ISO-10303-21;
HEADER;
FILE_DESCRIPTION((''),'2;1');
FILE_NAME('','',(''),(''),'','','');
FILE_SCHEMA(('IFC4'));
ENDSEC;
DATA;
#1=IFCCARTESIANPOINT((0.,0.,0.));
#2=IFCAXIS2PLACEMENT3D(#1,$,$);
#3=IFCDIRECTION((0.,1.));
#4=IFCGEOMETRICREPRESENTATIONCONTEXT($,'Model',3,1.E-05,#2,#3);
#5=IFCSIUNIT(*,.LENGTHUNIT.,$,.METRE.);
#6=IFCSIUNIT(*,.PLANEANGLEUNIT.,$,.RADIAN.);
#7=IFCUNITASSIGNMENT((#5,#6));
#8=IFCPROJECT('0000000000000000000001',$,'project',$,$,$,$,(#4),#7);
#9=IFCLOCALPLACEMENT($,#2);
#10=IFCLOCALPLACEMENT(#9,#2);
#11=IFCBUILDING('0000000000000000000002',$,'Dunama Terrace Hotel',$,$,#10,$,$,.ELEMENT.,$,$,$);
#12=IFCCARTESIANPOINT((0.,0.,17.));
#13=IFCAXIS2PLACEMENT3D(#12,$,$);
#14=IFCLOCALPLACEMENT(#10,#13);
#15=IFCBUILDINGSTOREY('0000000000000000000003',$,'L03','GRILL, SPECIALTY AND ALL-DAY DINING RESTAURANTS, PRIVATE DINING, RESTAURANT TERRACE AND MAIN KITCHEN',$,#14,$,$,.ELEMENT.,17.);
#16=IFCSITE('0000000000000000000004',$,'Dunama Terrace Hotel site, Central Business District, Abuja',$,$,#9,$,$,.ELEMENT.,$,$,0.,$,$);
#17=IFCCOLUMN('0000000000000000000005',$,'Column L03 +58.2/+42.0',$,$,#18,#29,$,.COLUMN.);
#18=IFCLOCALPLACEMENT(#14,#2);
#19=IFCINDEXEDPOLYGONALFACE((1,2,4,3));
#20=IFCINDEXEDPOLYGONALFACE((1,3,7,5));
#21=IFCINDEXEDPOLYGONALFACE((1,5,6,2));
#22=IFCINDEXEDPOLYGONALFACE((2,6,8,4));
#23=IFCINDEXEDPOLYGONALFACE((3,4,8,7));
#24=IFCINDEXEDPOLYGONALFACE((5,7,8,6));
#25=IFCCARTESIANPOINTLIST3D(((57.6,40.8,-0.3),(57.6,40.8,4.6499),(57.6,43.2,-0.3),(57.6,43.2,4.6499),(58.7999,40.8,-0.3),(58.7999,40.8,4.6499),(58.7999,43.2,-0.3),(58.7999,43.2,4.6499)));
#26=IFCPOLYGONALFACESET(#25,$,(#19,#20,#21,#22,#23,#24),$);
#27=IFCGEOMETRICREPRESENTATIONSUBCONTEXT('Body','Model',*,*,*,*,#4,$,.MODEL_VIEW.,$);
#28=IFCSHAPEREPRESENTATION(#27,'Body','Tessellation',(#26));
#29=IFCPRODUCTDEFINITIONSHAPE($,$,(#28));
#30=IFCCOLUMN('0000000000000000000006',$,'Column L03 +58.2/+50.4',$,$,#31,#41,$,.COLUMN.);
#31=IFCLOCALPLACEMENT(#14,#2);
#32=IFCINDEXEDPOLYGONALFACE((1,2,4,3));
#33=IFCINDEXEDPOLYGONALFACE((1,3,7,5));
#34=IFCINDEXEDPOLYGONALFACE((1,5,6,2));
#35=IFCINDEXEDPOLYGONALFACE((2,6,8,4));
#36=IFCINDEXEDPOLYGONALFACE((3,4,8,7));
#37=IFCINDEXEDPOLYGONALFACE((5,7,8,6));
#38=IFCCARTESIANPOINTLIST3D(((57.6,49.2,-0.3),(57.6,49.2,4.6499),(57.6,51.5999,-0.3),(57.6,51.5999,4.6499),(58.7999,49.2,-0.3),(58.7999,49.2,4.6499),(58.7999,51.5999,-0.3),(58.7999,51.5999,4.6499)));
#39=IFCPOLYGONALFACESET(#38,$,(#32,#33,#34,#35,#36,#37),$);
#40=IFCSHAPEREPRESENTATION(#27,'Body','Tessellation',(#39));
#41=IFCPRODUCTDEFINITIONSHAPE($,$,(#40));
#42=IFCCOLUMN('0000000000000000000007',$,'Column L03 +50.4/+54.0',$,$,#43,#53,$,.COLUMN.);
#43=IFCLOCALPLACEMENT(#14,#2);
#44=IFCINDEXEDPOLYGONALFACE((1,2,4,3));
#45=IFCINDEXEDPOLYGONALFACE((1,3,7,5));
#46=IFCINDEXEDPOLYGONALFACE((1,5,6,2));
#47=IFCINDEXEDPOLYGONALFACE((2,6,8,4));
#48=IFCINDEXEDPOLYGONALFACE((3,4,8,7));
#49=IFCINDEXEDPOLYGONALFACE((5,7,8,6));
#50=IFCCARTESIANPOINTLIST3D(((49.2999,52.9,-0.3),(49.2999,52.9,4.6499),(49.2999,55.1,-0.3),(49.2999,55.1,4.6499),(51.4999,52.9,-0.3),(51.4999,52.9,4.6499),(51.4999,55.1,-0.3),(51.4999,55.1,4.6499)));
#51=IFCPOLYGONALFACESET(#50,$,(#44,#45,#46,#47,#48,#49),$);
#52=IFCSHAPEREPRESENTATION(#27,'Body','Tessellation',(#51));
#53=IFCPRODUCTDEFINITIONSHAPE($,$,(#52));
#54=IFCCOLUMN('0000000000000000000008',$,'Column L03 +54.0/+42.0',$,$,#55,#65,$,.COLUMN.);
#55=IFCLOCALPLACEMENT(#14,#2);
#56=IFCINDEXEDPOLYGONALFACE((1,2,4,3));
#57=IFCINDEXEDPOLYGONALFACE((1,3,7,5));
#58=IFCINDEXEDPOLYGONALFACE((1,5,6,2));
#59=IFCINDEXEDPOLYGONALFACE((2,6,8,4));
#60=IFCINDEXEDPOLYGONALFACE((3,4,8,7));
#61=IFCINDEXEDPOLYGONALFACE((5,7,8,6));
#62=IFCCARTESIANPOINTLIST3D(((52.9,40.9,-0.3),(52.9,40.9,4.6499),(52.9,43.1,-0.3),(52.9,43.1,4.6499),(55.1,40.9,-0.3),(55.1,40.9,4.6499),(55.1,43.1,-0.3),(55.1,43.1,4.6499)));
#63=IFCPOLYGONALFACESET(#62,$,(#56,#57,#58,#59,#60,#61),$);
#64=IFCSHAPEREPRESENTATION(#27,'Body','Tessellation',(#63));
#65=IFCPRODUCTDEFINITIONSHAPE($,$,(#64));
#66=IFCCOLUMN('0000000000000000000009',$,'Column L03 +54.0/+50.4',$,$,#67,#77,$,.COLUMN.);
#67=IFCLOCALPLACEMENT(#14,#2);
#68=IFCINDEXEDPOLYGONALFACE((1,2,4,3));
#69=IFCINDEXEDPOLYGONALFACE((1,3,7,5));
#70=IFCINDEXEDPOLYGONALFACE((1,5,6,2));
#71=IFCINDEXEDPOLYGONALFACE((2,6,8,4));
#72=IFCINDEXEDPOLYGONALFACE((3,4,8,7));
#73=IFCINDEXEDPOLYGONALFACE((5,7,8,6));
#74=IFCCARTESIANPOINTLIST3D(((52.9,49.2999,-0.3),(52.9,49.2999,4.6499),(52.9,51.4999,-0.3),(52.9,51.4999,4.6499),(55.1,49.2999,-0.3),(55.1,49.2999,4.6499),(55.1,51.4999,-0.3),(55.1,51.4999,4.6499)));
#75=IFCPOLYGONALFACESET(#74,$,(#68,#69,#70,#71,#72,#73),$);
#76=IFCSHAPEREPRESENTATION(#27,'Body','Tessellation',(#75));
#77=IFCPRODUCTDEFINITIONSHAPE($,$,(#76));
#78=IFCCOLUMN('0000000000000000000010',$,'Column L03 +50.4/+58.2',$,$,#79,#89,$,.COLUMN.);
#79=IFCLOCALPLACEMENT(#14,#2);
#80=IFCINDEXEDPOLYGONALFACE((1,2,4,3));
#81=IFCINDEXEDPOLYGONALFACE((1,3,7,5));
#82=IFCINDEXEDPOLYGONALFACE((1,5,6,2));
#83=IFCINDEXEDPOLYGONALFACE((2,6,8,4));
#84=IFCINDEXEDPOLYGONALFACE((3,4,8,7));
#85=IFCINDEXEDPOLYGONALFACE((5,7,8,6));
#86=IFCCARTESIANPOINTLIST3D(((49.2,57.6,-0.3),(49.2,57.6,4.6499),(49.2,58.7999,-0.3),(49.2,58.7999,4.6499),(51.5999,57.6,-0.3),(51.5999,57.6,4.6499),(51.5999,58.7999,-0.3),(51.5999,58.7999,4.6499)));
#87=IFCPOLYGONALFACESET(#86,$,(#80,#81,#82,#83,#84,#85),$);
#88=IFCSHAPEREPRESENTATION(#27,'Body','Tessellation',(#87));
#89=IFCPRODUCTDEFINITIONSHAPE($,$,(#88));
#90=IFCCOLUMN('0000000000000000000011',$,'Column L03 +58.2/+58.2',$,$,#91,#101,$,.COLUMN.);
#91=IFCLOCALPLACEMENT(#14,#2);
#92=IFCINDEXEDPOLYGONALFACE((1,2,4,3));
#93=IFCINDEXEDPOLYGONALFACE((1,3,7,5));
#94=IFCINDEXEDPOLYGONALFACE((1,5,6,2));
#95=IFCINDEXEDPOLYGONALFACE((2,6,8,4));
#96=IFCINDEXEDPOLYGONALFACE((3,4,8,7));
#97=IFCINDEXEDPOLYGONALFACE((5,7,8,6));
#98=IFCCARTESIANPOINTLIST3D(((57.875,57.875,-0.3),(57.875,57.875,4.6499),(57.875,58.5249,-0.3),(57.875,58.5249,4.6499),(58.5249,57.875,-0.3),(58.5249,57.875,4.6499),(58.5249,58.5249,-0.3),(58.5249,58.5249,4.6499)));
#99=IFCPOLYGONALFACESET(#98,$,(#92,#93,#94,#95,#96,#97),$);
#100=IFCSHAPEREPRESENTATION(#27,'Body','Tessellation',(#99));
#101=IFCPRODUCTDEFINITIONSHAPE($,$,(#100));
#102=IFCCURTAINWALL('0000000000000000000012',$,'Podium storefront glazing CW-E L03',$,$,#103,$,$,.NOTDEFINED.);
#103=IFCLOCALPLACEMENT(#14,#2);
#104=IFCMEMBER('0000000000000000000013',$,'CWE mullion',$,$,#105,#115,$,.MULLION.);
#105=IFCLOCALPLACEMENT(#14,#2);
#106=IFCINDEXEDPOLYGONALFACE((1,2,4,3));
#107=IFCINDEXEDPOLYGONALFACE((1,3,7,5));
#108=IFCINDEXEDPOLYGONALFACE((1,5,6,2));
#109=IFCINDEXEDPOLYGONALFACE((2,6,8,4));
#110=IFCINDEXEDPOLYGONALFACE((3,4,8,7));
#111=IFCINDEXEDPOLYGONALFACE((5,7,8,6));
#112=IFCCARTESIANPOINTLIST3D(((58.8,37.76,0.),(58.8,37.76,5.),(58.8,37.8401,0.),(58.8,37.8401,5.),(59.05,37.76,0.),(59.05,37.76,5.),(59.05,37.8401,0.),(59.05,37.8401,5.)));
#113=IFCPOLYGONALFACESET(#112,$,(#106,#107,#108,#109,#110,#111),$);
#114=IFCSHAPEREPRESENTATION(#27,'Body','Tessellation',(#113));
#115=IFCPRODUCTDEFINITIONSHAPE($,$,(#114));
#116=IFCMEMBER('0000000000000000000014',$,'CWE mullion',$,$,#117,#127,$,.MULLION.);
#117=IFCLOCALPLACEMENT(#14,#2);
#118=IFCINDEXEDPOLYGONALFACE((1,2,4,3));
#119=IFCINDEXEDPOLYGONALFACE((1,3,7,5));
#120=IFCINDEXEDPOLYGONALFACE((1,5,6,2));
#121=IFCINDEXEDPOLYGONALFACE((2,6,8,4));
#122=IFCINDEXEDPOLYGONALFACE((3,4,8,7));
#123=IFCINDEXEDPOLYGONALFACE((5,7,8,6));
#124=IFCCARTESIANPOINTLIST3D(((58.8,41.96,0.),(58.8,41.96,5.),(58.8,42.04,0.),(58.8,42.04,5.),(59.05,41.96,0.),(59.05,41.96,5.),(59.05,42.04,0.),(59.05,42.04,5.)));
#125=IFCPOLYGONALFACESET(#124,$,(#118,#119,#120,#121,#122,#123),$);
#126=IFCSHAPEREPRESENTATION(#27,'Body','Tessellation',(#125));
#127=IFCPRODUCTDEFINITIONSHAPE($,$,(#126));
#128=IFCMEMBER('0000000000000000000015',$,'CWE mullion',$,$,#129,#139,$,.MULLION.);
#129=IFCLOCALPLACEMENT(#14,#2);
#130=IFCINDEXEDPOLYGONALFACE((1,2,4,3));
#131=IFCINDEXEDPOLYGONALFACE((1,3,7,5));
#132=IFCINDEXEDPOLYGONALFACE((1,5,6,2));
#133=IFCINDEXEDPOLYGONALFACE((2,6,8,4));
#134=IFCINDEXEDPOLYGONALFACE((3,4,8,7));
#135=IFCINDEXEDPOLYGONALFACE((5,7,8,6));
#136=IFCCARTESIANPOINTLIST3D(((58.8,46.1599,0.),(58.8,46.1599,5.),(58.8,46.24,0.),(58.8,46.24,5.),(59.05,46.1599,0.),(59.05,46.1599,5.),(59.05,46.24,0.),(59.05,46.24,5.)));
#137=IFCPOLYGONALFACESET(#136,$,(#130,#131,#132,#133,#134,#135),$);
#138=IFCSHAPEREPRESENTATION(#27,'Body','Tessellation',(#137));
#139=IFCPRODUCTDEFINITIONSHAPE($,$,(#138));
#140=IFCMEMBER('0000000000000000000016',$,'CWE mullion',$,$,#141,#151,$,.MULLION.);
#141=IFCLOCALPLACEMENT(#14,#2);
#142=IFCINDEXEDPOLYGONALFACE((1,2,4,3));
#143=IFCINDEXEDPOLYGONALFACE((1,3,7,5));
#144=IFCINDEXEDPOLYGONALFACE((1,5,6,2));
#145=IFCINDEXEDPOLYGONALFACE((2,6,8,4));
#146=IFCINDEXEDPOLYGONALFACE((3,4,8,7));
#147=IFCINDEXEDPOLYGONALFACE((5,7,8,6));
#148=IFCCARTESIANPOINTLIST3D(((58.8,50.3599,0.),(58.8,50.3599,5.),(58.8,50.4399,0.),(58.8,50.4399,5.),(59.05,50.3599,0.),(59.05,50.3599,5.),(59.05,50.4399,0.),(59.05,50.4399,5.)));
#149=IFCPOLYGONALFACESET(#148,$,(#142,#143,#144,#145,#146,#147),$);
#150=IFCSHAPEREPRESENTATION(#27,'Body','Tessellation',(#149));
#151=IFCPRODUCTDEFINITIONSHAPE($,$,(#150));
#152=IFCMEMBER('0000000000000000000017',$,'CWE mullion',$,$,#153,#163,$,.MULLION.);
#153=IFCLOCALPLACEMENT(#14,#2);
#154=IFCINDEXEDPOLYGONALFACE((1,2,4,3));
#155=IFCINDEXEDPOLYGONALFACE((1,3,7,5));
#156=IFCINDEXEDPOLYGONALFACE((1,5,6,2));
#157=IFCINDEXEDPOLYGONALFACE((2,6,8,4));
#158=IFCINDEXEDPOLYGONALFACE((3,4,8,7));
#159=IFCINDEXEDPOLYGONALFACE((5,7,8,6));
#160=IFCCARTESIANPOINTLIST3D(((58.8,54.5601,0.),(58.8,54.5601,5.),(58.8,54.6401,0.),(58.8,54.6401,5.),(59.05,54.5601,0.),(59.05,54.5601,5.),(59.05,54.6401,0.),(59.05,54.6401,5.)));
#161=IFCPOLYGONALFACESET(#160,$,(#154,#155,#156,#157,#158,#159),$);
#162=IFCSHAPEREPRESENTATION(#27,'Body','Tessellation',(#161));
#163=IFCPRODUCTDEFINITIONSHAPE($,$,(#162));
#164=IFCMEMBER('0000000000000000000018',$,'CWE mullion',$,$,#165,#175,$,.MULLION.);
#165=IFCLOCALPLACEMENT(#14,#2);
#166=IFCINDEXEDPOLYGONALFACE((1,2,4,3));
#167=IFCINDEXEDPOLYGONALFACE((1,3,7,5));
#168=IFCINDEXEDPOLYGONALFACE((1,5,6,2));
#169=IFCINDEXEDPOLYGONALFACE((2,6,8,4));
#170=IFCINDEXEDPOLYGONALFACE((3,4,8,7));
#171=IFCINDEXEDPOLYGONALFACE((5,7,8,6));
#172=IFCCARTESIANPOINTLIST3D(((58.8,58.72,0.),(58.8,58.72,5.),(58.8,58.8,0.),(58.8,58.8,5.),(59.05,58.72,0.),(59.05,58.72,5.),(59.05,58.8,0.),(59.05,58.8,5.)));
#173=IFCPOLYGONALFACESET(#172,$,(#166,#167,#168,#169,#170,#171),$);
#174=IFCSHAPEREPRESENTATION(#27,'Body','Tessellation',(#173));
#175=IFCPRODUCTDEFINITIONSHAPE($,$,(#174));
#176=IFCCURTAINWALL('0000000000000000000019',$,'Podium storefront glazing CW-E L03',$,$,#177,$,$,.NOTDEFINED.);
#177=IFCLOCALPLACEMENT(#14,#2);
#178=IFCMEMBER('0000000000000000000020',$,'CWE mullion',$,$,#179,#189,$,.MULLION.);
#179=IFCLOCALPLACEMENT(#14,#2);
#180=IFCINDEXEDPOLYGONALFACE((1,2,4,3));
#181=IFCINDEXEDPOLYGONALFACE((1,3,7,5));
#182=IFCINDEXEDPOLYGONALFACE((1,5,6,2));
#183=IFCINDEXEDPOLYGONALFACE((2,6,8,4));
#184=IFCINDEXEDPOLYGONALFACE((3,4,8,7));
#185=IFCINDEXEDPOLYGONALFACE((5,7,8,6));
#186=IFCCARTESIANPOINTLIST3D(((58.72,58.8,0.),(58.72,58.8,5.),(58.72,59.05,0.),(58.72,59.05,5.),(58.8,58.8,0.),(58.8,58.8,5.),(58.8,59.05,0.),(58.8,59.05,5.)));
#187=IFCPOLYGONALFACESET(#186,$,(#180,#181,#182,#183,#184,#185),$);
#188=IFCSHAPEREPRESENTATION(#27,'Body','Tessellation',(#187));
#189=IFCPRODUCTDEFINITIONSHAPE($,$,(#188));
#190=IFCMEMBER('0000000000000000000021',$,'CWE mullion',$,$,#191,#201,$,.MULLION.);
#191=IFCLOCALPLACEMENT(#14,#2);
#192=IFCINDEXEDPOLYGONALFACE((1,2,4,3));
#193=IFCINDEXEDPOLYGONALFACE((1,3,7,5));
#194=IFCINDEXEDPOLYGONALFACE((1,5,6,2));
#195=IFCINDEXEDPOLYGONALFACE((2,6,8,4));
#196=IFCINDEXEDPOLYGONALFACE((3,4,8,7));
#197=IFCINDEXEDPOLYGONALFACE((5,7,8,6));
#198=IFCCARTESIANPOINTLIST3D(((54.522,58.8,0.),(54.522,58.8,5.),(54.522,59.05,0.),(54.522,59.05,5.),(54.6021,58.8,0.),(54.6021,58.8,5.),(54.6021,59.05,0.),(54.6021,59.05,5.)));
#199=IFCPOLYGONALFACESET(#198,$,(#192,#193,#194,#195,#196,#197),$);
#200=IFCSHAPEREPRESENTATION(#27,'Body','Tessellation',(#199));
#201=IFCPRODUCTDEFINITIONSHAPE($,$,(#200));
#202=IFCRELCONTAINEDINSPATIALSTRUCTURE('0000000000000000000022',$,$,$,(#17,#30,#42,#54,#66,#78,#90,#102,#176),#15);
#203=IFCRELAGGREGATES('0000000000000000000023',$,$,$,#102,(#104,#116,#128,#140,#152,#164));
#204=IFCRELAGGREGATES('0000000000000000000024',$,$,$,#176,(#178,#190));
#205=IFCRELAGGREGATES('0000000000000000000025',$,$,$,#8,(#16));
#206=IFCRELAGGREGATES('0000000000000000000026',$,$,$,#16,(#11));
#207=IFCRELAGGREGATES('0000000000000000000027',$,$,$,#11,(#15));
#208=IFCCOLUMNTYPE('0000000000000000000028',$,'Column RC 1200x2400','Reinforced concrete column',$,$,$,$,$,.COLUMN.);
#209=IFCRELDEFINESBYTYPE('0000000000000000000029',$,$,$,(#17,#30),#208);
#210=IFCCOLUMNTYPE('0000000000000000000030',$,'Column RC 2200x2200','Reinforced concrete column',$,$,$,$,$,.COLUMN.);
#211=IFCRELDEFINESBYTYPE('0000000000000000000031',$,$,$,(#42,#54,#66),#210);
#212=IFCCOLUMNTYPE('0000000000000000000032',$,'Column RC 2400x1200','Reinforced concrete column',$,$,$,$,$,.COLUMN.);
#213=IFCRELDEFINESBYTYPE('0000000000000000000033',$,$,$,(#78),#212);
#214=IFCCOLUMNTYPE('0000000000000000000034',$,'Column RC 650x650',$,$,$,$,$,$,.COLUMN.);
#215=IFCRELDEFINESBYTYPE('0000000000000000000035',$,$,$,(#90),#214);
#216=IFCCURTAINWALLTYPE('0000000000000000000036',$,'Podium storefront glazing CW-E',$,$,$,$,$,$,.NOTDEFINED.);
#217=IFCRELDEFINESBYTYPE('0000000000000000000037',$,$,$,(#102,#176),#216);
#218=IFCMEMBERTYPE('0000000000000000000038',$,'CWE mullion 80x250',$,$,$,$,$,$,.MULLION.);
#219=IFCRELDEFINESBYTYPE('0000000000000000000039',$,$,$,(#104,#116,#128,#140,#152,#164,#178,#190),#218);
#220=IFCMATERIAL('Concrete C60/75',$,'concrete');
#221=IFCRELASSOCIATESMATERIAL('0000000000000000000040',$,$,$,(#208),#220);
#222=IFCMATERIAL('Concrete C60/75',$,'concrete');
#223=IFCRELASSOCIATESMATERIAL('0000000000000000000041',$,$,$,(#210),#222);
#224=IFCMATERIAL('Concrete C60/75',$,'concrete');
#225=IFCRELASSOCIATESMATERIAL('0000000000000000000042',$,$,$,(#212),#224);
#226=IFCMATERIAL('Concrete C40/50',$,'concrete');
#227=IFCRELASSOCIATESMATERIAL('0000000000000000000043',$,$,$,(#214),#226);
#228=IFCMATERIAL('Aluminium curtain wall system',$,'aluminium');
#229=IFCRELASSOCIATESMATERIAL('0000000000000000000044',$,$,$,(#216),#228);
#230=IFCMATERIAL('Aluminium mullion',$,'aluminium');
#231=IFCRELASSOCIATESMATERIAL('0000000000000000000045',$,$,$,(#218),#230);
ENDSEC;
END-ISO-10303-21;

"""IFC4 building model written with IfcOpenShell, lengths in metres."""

from ifc_helpers import new_model, si_unit, direction, frame, origin, origin_2d, place, context, subcontext, project, spatial, rectangle, extrude, material, material_profile, profile_set, type_object, element, aggregate, save


model = new_model("IFC4")

# Units and contexts
model_context = context("Model", 3, precision=1e-05, world=origin(), true_north=direction((0.0, 1.0)))
body_context = subcontext(model_context, "Body", "Model", "MODEL_VIEW")
ifc_project = project(units=[si_unit("LENGTHUNIT", "METRE"), si_unit("PLANEANGLEUNIT", "RADIAN")], contexts=[model_context])

# Site, building, storey
site_placement = place(None, origin())
site = spatial("IfcSite", under=ifc_project, at=site_placement, Name="Dunama Terrace Hotel site, Central Business District, Abuja", CompositionType="ELEMENT", RefElevation=0.0)
building_placement = place(site_placement, origin())
building = spatial("IfcBuilding", under=site, at=building_placement, Name="Dunama Terrace Hotel", CompositionType="ELEMENT")
storey_placement = place(building_placement, frame((0.0, 0.0, 17.0)))
storey = spatial("IfcBuildingStorey", under=building, at=storey_placement, Name="L03", Description="GRILL, SPECIALTY AND ALL-DAY DINING RESTAURANTS, PRIVATE DINING, RESTAURANT TERRACE AND MAIN KITCHEN", CompositionType="ELEMENT", Elevation=17.0)

# Columns
ifc_material_1 = material(Name="Concrete C60/75", Category="concrete")
ifc_material_profile_1 = material_profile(ifc_material_1, rectangle(XDim=1.2, YDim=2.3999, at=origin_2d()), Name="RC 1200x2400")
ifc_profile_set_1 = profile_set([ifc_material_profile_1], Name="Concrete C60/75")
column_type_1 = type_object("IfcColumnType", Name="Column RC 1200x2400", Description="Reinforced concrete column", PredefinedType="COLUMN", material=ifc_profile_set_1)
for number, where, z_axis, x_axis, name in (
    (1, (58.2, 42.0, -0.3), (0.0, 0.0, 1.0), (1.0, 0.0, 0.0), "Column L03 +58.2/+42.0"),
    (2, (58.2, 50.3999, -0.3), (0.0, 0.0, 1.0), (1.0, 0.0, 0.0), "Column L03 +58.2/+50.4"),
):
    element("IfcColumn", number, at=place(storey_placement, frame(where, z_axis=z_axis, x_axis=x_axis)), inside=storey, type_object=column_type_1, Name=name, PredefinedType="COLUMN", context=body_context, shape_type="SweptSolid", body=[
        extrude(rectangle(XDim=1.2, YDim=2.3999, at=origin_2d()), origin(), (0.0, 0.0, 1.0), 4.95),
    ])
ifc_material_2 = material(Name="Concrete C60/75", Category="concrete")
ifc_material_profile_2 = material_profile(ifc_material_2, rectangle(XDim=2.2, YDim=2.2, at=origin_2d()), Name="RC 2200x2200")
ifc_profile_set_2 = profile_set([ifc_material_profile_2], Name="Concrete C60/75")
column_type_2 = type_object("IfcColumnType", Name="Column RC 2200x2200", Description="Reinforced concrete column", PredefinedType="COLUMN", material=ifc_profile_set_2)
for number, where, z_axis, x_axis, name in (
    (3, (50.3999, 54.0, -0.3), (0.0, 0.0, 1.0), (1.0, 0.0, 0.0), "Column L03 +50.4/+54.0"),
    (4, (54.0, 42.0, -0.3), (0.0, 0.0, 1.0), (1.0, 0.0, 0.0), "Column L03 +54.0/+42.0"),
    (5, (54.0, 50.3999, -0.3), (0.0, 0.0, 1.0), (1.0, 0.0, 0.0), "Column L03 +54.0/+50.4"),
):
    element("IfcColumn", number, at=place(storey_placement, frame(where, z_axis=z_axis, x_axis=x_axis)), inside=storey, type_object=column_type_2, Name=name, PredefinedType="COLUMN", context=body_context, shape_type="SweptSolid", body=[
        extrude(rectangle(XDim=2.2, YDim=2.2, at=origin_2d()), origin(), (0.0, 0.0, 1.0), 4.95),
    ])
ifc_material_3 = material(Name="Concrete C60/75", Category="concrete")
ifc_material_profile_3 = material_profile(ifc_material_3, rectangle(XDim=2.3999, YDim=1.2, at=origin_2d()), Name="RC 2400x1200")
ifc_profile_set_3 = profile_set([ifc_material_profile_3], Name="Concrete C60/75")
column_type_3 = type_object("IfcColumnType", Name="Column RC 2400x1200", Description="Reinforced concrete column", PredefinedType="COLUMN", material=ifc_profile_set_3)
column_1_placement = place(storey_placement, frame((50.3999, 58.2, -0.3), z_axis=(0.0, 0.0, 1.0), x_axis=(1.0, 0.0, 0.0)))
element("IfcColumn", 6, at=column_1_placement, inside=storey, type_object=column_type_3, Name="Column L03 +50.4/+58.2", PredefinedType="COLUMN", context=body_context, shape_type="SweptSolid", body=[
    extrude(rectangle(XDim=2.3999, YDim=1.2, at=origin_2d()), origin(), (0.0, 0.0, 1.0), 4.95),
])
ifc_material_4 = material(Name="Concrete C40/50", Category="concrete")
ifc_material_profile_4 = material_profile(ifc_material_4, rectangle(XDim=0.6499, YDim=0.6499, at=origin_2d()), Name="RC 650x650")
ifc_profile_set_4 = profile_set([ifc_material_profile_4], Name="Concrete C40/50")
column_type_4 = type_object("IfcColumnType", Name="Column RC 650x650", PredefinedType="COLUMN", material=ifc_profile_set_4)
column_2_placement = place(storey_placement, frame((58.2, 58.2, -0.3), z_axis=(0.0, 0.0, 1.0), x_axis=(1.0, 0.0, 0.0)))
element("IfcColumn", 7, at=column_2_placement, inside=storey, type_object=column_type_4, Name="Column L03 +58.2/+58.2", PredefinedType="COLUMN", context=body_context, shape_type="SweptSolid", body=[
    extrude(rectangle(XDim=0.6499, YDim=0.6499, at=origin_2d()), origin(), (0.0, 0.0, 1.0), 4.95),
])

# Curtain walls, members
ifc_material_5 = material(Name="Aluminium curtain wall system", Category="aluminium")
curtain_wall_type = type_object("IfcCurtainWallType", Name="Podium storefront glazing CW-E", PredefinedType="NOTDEFINED", material=ifc_material_5)
curtain_wall_1_placement = place(storey_placement, origin())
curtain_wall_1 = element("IfcCurtainWall", 8, at=curtain_wall_1_placement, inside=storey, type_object=curtain_wall_type, Name="Podium storefront glazing CW-E L03", PredefinedType="NOTDEFINED")
ifc_material_6 = material(Name="Aluminium mullion", Category="aluminium")
ifc_material_profile_5 = material_profile(ifc_material_6, rectangle(XDim=0.0801, YDim=0.25, at=origin_2d()), Name="CWE MULLION 80X250")
ifc_profile_set_5 = profile_set([ifc_material_profile_5], Name="Aluminium mullion")
member_type_1 = type_object("IfcMemberType", Name="CWE mullion 80x250", PredefinedType="MULLION", material=ifc_profile_set_5)
member_1_placement = place(storey_placement, frame((58.925, 37.8, 0.0), z_axis=(0.0, 0.0, 1.0), x_axis=(0.0, 1.0, 0.0)))
member_1 = element("IfcMember", 9, at=member_1_placement, type_object=member_type_1, Name="CWE mullion", PredefinedType="MULLION", context=body_context, shape_type="SweptSolid", body=[
    extrude(rectangle(XDim=0.0801, YDim=0.25, at=origin_2d()), origin(), (0.0, 0.0, 1.0), 5.0),
])
member_2_placement = place(storey_placement, frame((58.925, 42.0, 0.0), z_axis=(0.0, 0.0, 1.0), x_axis=(0.0, 1.0, 0.0)))
member_2 = element("IfcMember", 10, at=member_2_placement, type_object=member_type_1, Name="CWE mullion", PredefinedType="MULLION", context=body_context, shape_type="SweptSolid", body=[
    extrude(rectangle(XDim=0.0801, YDim=0.25, at=origin_2d()), origin(), (0.0, 0.0, 1.0), 5.0),
])
member_3_placement = place(storey_placement, frame((58.925, 46.2, 0.0), z_axis=(0.0, 0.0, 1.0), x_axis=(0.0, 1.0, 0.0)))
member_3 = element("IfcMember", 11, at=member_3_placement, type_object=member_type_1, Name="CWE mullion", PredefinedType="MULLION", context=body_context, shape_type="SweptSolid", body=[
    extrude(rectangle(XDim=0.0801, YDim=0.25, at=origin_2d()), origin(), (0.0, 0.0, 1.0), 5.0),
])
member_4_placement = place(storey_placement, frame((58.925, 50.3999, 0.0), z_axis=(0.0, 0.0, 1.0), x_axis=(0.0, 1.0, 0.0)))
member_4 = element("IfcMember", 12, at=member_4_placement, type_object=member_type_1, Name="CWE mullion", PredefinedType="MULLION", context=body_context, shape_type="SweptSolid", body=[
    extrude(rectangle(XDim=0.0801, YDim=0.25, at=origin_2d()), origin(), (0.0, 0.0, 1.0), 5.0),
])
member_5_placement = place(storey_placement, frame((58.925, 54.6001, 0.0), z_axis=(0.0, 0.0, 1.0), x_axis=(0.0, 1.0, 0.0)))
member_5 = element("IfcMember", 13, at=member_5_placement, type_object=member_type_1, Name="CWE mullion", PredefinedType="MULLION", context=body_context, shape_type="SweptSolid", body=[
    extrude(rectangle(XDim=0.0801, YDim=0.25, at=origin_2d()), origin(), (0.0, 0.0, 1.0), 5.0),
])
member_6_placement = place(storey_placement, frame((58.925, 58.76, 0.0), z_axis=(0.0, 0.0, 1.0), x_axis=(0.0, 1.0, 0.0)))
member_6 = element("IfcMember", 14, at=member_6_placement, type_object=member_type_1, Name="CWE mullion", PredefinedType="MULLION", context=body_context, shape_type="SweptSolid", body=[
    extrude(rectangle(XDim=0.0801, YDim=0.25, at=origin_2d()), origin(), (0.0, 0.0, 1.0), 5.0),
])
curtain_wall_2_placement = place(storey_placement, origin())
curtain_wall_2 = element("IfcCurtainWall", 15, at=curtain_wall_2_placement, inside=storey, type_object=curtain_wall_type, Name="Podium storefront glazing CW-E L03", PredefinedType="NOTDEFINED")
member_7_placement = place(storey_placement, frame((58.76, 58.925, 0.0), z_axis=(0.0, 0.0, 1.0), x_axis=(-1.0, 0.0, 0.0)))
member_7 = element("IfcMember", 16, at=member_7_placement, type_object=member_type_1, Name="CWE mullion", PredefinedType="MULLION", context=body_context, shape_type="SweptSolid", body=[
    extrude(rectangle(XDim=0.0801, YDim=0.25, at=origin_2d()), origin(), (0.0, 0.0, 1.0), 5.0),
])
member_8_placement = place(storey_placement, frame((54.562, 58.925, 0.0), z_axis=(0.0, 0.0, 1.0), x_axis=(-1.0, 0.0, 0.0)))
member_8 = element("IfcMember", 17, at=member_8_placement, type_object=member_type_1, Name="CWE mullion", PredefinedType="MULLION", context=body_context, shape_type="SweptSolid", body=[
    extrude(rectangle(XDim=0.0801, YDim=0.25, at=origin_2d()), origin(), (0.0, 0.0, 1.0), 5.0),
])

aggregate(curtain_wall_1, [member_1, member_2, member_3, member_4, member_5, member_6])
aggregate(curtain_wall_2, [member_7, member_8])

save(model, "model.ifc")
